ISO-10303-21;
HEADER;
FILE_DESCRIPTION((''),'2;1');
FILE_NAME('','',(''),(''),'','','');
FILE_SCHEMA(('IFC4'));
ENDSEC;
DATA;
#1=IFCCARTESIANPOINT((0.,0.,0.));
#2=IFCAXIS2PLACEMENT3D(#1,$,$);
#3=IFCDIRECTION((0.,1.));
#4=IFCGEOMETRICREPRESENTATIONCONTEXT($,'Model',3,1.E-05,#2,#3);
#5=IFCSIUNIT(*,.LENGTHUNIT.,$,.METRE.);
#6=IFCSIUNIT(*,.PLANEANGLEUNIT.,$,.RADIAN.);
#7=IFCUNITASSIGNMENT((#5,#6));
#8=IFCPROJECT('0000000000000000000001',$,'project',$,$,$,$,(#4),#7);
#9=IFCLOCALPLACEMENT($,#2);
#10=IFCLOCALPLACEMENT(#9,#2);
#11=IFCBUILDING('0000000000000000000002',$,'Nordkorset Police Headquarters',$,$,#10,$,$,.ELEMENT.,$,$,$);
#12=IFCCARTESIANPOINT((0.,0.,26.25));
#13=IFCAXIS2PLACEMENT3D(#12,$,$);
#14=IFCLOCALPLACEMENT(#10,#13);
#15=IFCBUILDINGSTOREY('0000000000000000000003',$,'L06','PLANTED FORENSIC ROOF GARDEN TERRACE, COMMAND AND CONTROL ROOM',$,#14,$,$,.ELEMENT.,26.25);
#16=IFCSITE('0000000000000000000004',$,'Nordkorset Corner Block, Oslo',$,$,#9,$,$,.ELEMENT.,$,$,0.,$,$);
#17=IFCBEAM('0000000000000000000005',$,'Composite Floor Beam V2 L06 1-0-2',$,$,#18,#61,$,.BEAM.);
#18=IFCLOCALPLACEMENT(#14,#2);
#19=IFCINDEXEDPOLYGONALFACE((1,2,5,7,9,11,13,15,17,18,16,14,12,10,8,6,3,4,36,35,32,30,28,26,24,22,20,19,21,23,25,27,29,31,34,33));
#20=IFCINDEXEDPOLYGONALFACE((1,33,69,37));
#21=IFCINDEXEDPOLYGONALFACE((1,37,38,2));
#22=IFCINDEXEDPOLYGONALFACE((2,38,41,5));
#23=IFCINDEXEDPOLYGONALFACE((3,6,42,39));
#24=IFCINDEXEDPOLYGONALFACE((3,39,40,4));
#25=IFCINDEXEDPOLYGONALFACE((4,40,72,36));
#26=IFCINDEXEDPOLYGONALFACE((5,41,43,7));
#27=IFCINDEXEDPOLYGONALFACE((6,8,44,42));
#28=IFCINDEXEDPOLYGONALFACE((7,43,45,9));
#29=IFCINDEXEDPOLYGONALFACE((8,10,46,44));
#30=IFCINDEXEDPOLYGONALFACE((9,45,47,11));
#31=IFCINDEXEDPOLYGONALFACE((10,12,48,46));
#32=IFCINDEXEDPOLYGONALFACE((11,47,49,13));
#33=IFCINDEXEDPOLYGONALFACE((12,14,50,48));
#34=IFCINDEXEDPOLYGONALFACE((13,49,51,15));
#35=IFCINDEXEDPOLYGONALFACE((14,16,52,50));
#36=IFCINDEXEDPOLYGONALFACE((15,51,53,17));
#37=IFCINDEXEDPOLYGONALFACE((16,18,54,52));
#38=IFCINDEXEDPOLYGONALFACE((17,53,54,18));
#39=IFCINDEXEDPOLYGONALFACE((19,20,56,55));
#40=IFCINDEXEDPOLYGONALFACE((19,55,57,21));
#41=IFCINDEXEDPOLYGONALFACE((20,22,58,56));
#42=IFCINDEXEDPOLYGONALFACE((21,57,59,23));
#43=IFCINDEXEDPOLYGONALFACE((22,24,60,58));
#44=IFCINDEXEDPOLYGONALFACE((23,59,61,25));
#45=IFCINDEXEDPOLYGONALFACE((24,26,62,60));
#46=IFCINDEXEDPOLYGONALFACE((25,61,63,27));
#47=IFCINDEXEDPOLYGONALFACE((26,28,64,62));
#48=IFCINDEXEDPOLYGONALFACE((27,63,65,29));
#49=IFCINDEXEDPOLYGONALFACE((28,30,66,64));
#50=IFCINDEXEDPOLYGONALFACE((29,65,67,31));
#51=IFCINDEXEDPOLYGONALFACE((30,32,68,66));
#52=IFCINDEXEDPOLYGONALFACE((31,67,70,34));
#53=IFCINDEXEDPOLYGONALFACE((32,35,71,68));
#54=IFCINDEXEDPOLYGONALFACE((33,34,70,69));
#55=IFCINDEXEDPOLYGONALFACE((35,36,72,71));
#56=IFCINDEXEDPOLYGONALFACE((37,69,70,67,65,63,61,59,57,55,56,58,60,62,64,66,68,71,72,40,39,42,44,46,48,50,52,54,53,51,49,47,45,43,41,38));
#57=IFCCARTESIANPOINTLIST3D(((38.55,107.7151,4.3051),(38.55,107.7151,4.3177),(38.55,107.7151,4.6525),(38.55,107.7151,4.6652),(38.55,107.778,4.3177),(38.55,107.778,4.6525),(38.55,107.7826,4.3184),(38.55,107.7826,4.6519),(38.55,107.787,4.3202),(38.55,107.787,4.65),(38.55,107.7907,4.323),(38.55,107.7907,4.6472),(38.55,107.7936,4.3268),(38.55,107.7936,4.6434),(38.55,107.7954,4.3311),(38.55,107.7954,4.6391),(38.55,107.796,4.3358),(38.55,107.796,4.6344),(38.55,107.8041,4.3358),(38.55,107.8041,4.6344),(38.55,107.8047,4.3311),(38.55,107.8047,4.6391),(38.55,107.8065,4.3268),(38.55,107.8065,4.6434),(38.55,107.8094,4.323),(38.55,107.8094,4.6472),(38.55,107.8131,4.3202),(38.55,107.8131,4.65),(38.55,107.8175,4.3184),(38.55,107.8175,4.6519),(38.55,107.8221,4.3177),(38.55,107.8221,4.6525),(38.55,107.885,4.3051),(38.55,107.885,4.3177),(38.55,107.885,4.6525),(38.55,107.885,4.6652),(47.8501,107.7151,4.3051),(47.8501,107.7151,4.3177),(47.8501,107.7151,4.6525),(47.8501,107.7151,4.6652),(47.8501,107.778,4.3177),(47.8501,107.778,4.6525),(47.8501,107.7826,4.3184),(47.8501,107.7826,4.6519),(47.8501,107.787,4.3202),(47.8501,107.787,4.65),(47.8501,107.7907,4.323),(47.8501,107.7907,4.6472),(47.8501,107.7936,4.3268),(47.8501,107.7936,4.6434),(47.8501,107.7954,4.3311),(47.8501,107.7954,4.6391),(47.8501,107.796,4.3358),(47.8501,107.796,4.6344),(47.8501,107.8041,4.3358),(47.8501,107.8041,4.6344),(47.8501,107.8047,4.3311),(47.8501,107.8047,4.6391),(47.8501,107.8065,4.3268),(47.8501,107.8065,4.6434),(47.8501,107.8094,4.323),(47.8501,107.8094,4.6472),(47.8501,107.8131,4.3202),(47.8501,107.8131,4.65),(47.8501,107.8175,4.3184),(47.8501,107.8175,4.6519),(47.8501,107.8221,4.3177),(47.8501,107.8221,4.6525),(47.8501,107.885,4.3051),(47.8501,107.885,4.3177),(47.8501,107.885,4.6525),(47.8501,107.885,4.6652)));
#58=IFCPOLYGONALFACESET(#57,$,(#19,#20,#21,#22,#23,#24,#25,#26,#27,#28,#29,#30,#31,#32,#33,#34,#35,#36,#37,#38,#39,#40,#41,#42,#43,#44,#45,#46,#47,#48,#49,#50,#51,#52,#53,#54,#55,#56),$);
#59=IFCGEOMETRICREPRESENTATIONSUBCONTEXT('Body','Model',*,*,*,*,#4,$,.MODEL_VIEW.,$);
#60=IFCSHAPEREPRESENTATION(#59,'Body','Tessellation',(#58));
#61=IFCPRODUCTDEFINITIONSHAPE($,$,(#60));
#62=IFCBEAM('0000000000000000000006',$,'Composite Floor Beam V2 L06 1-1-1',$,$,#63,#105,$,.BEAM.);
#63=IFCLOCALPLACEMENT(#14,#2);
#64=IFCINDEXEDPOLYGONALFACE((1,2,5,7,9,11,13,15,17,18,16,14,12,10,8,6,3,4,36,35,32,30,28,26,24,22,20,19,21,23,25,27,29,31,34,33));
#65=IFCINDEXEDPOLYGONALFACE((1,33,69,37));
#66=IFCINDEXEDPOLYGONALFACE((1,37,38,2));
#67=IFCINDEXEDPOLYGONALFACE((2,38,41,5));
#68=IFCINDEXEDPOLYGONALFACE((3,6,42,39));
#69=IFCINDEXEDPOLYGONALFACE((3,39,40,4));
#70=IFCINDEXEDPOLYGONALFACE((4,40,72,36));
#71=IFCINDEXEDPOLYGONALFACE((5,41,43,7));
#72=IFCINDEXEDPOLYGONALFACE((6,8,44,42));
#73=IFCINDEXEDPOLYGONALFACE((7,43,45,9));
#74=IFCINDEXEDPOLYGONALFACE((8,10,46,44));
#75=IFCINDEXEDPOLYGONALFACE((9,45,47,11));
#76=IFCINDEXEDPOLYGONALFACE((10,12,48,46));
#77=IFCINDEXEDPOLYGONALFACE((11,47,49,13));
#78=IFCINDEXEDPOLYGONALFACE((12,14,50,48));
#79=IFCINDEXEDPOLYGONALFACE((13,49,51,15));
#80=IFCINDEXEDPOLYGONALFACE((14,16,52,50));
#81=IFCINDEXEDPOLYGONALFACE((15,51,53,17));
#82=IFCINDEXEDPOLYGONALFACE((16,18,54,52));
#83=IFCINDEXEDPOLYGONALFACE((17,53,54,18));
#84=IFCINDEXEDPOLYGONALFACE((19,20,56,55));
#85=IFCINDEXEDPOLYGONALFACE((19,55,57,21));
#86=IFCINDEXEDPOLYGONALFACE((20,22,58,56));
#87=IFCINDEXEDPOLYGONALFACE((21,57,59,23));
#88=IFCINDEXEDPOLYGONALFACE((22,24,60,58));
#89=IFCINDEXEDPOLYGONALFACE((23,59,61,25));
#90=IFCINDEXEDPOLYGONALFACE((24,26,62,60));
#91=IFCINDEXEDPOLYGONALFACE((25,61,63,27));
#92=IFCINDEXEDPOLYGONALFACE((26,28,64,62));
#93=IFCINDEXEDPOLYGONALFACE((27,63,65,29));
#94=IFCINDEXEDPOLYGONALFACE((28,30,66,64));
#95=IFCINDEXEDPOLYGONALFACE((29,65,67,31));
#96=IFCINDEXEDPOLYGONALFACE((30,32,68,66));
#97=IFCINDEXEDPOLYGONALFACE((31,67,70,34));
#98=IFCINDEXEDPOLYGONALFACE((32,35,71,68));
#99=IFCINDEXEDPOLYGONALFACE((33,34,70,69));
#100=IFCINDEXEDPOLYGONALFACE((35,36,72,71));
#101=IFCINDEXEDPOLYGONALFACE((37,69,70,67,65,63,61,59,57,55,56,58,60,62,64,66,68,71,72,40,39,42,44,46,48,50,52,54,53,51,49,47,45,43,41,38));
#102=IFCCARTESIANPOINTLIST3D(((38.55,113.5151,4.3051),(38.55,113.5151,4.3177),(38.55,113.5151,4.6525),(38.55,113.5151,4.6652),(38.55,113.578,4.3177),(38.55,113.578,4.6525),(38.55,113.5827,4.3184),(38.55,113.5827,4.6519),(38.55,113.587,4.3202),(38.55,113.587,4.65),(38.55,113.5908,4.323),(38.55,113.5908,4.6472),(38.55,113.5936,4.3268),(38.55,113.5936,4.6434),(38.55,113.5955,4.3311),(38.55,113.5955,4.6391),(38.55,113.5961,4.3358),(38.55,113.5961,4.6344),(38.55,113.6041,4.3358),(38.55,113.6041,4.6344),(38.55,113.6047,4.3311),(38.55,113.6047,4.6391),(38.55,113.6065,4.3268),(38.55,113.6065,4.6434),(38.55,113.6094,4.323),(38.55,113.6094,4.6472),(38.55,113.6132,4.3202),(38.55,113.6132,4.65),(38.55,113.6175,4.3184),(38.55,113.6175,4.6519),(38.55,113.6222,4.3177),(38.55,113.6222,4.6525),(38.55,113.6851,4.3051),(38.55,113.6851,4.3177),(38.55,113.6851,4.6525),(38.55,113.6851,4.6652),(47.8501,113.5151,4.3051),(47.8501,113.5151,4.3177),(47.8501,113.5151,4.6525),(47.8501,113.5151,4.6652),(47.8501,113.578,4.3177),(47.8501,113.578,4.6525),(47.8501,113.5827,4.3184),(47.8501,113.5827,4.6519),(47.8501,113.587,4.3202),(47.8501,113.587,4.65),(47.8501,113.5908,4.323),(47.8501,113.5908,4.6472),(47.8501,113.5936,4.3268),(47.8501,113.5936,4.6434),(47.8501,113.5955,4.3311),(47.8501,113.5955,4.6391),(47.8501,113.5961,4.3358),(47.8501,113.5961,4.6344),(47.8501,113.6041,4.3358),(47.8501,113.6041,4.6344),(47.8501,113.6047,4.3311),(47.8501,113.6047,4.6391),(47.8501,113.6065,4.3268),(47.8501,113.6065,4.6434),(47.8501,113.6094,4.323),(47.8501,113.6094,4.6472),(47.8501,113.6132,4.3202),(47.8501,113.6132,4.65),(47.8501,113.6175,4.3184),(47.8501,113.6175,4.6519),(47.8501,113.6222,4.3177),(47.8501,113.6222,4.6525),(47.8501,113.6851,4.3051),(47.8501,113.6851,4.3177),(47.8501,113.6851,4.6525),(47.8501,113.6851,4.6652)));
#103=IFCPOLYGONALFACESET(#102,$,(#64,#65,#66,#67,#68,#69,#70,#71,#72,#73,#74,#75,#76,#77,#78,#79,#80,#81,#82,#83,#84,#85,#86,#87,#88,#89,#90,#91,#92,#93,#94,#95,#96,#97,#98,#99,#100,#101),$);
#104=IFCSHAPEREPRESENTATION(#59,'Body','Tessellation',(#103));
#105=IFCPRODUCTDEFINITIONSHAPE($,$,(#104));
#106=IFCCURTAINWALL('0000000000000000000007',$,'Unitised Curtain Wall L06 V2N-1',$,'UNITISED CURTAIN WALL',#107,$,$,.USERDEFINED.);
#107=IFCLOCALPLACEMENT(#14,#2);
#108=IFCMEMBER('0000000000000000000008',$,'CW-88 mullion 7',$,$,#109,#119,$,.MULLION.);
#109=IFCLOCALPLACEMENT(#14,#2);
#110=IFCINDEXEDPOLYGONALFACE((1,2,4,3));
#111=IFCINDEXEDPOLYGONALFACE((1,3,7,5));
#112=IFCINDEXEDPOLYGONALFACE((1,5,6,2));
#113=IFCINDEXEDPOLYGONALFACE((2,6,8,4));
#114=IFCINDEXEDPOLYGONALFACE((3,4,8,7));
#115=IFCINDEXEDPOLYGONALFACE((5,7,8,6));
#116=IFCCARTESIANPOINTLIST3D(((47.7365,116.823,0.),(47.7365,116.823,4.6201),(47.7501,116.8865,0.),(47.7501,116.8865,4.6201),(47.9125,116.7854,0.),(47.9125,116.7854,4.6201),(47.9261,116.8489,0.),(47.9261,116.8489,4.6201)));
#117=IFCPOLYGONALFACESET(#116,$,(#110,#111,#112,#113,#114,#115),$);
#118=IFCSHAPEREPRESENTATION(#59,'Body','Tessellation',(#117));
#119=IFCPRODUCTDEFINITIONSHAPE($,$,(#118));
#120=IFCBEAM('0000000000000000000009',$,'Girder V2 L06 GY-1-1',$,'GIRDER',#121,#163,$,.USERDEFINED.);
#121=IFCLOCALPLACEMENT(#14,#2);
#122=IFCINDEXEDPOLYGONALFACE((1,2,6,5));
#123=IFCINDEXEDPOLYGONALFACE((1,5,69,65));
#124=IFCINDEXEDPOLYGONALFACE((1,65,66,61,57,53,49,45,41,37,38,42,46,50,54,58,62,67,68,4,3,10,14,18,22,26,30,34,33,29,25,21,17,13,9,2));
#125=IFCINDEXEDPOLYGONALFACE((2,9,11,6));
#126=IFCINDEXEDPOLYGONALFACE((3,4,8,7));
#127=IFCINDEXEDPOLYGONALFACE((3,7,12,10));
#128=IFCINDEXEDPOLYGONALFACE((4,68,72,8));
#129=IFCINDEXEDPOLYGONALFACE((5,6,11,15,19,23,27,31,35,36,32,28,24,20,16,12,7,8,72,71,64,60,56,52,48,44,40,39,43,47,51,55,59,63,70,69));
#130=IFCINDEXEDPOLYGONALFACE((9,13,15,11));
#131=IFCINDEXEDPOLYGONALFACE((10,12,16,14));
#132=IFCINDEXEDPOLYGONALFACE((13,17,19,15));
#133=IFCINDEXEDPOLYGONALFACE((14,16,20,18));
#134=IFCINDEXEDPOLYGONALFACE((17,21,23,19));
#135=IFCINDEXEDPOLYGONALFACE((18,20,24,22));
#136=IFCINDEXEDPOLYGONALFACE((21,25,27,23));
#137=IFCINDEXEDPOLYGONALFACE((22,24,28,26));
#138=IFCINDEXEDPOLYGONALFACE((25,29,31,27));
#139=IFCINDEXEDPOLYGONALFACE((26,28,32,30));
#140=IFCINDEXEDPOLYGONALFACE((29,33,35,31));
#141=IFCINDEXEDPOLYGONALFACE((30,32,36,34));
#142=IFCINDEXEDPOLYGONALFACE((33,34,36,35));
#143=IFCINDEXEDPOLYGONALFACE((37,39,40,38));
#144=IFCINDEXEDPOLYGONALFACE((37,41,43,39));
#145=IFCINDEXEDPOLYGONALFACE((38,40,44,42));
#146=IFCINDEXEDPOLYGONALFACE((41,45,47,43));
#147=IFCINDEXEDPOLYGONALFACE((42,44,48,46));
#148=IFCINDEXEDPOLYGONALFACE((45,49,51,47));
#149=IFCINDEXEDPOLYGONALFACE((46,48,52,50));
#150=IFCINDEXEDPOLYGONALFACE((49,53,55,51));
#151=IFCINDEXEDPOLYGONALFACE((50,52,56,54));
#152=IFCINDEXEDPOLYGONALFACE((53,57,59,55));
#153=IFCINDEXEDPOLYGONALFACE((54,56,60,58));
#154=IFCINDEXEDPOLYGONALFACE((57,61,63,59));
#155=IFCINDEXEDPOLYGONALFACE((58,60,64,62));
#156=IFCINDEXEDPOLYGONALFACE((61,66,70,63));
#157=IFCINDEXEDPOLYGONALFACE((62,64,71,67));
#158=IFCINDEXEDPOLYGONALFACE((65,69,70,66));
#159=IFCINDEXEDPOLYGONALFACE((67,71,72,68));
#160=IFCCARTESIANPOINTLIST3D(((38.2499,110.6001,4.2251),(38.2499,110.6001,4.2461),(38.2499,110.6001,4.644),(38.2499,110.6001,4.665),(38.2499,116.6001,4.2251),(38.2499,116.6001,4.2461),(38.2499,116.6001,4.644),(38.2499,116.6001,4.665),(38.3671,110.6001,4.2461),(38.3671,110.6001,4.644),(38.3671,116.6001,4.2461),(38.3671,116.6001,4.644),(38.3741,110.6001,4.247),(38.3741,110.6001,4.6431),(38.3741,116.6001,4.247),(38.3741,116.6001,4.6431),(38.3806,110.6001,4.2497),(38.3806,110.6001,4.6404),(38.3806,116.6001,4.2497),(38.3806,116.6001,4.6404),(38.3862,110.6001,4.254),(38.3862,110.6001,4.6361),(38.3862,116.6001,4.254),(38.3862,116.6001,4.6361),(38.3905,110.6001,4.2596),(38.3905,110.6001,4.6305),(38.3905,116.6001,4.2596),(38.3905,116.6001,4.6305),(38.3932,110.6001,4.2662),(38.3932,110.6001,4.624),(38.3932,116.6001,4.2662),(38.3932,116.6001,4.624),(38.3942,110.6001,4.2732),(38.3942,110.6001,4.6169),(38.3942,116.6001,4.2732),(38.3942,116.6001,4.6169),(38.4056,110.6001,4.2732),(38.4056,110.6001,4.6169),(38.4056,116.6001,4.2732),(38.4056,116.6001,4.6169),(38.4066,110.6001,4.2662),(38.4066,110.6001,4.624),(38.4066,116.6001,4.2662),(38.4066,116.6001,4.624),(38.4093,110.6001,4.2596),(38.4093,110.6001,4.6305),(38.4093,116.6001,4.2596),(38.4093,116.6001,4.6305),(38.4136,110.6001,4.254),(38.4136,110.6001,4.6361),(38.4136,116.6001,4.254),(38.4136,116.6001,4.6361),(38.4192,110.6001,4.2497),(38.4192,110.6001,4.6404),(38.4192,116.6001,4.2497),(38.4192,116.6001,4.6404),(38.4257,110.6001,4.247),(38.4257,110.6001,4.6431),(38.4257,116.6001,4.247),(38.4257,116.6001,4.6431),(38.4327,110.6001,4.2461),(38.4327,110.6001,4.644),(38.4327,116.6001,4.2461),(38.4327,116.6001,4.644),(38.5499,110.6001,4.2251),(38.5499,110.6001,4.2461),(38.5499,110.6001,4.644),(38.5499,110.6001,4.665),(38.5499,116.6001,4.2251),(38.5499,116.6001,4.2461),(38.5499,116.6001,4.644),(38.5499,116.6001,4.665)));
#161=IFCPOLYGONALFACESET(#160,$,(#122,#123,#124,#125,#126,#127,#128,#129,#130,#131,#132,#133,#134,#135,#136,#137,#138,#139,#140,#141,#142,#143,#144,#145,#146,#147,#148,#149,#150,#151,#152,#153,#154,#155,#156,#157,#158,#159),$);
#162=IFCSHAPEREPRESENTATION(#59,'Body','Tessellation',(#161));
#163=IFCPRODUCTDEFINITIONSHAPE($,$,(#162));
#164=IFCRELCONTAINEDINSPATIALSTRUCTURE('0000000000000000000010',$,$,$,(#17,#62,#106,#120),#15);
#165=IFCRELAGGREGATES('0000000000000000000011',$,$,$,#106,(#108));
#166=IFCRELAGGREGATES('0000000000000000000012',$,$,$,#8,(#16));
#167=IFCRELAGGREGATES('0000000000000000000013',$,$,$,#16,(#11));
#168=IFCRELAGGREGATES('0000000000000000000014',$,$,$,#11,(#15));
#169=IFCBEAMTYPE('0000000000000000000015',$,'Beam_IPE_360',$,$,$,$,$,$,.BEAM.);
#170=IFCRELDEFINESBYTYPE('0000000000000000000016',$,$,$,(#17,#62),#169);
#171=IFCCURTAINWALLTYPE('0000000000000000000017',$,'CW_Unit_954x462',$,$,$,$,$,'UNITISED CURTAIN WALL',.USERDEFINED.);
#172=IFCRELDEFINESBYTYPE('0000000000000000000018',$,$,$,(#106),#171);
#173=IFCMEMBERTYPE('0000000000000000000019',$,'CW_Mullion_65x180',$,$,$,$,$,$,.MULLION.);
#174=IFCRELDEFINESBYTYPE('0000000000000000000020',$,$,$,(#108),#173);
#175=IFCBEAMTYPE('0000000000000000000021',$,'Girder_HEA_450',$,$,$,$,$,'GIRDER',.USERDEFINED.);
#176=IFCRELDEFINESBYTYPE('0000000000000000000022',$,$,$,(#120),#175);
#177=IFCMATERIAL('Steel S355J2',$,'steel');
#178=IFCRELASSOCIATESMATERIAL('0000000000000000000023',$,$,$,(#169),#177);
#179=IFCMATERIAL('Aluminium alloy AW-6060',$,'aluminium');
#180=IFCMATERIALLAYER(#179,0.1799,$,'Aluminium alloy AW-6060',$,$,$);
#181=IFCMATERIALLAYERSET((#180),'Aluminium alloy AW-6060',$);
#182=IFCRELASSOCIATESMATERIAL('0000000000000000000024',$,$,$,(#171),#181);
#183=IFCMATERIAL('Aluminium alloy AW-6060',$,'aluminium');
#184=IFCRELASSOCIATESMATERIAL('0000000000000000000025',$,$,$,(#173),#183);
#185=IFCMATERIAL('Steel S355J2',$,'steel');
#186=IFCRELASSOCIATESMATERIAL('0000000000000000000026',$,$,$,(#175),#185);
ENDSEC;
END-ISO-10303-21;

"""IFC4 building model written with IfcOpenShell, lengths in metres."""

from ifc_helpers import new_model, si_unit, direction, frame, origin, origin_2d, place, context, subcontext, project, spatial, rectangle, i_section, extrude, material, layer, layer_set, material_profile, profile_set, type_object, element, aggregate, save


model = new_model("IFC4")

# Units and contexts
model_context = context("Model", 3, precision=1e-05, world=origin(), true_north=direction((0.0, 1.0)))
body_context = subcontext(model_context, "Body", "Model", "MODEL_VIEW")
ifc_project = project(units=[si_unit("LENGTHUNIT", "METRE"), si_unit("PLANEANGLEUNIT", "RADIAN")], contexts=[model_context])

# Site, building, storey
site_placement = place(None, origin())
site = spatial("IfcSite", under=ifc_project, at=site_placement, Name="Nordkorset Corner Block, Oslo", CompositionType="ELEMENT", RefElevation=0.0)
building_placement = place(site_placement, origin())
building = spatial("IfcBuilding", under=site, at=building_placement, Name="Nordkorset Police Headquarters", CompositionType="ELEMENT")
storey_placement = place(building_placement, frame((0.0, 0.0, 26.25)))
storey = spatial("IfcBuildingStorey", under=building, at=storey_placement, Name="L06", Description="PLANTED FORENSIC ROOF GARDEN TERRACE, COMMAND AND CONTROL ROOM", CompositionType="ELEMENT", Elevation=26.25)

# Beams
ifc_material_1 = material(Name="Steel S355J2", Category="steel")
ifc_material_profile_1 = material_profile(ifc_material_1, i_section(OverallWidth=0.1699, OverallDepth=0.3601, WebThickness=0.0081, FlangeThickness=0.0127, FilletRadius=0.0181, at=origin_2d()), Name="IPE 360")
ifc_profile_set_1 = profile_set([ifc_material_profile_1], Name="Steel S355J2")
beam_type_1 = type_object("IfcBeamType", Name="Beam_IPE_360", PredefinedType="BEAM", material=ifc_profile_set_1)
for number, where, z_axis, x_axis, name in (
    (1, (38.55, 107.8, 4.4851), (1.0, 0.0, 0.0), (0.0, 1.0, 0.0), "Composite Floor Beam V2 L06 1-0-2"),
    (2, (38.55, 113.6001, 4.4851), (1.0, 0.0, 0.0), (0.0, 1.0, 0.0), "Composite Floor Beam V2 L06 1-1-1"),
):
    element("IfcBeam", number, at=place(storey_placement, frame(where, z_axis=z_axis, x_axis=x_axis)), inside=storey, type_object=beam_type_1, Name=name, PredefinedType="BEAM", context=body_context, shape_type="SweptSolid", body=[
        extrude(i_section(OverallWidth=0.1699, OverallDepth=0.3601, WebThickness=0.0081, FlangeThickness=0.0127, FilletRadius=0.0181, at=origin_2d()), origin(), (0.0, 0.0, 1.0), 9.3),
    ])

# Curtain wall, member
ifc_material_2 = material(Name="Aluminium alloy AW-6060", Category="aluminium")
ifc_layer_1 = layer(ifc_material_2, 0.1799, Name="Aluminium alloy AW-6060")
ifc_layer_set_1 = layer_set([ifc_layer_1], Name="Aluminium alloy AW-6060")
curtain_wall_type = type_object("IfcCurtainWallType", Name="CW_Unit_954x462", ElementType="UNITISED CURTAIN WALL", PredefinedType="USERDEFINED", material=ifc_layer_set_1)
curtain_wall_placement = place(storey_placement, origin())
curtain_wall = element("IfcCurtainWall", 3, at=curtain_wall_placement, inside=storey, type_object=curtain_wall_type, Name="Unitised Curtain Wall L06 V2N-1", ObjectType="UNITISED CURTAIN WALL", PredefinedType="USERDEFINED")
ifc_material_3 = material(Name="Aluminium alloy AW-6060", Category="aluminium")
ifc_material_profile_2 = material_profile(ifc_material_3, rectangle(XDim=0.0649, YDim=0.1799, at=origin_2d()), Name="ALU MULL 65x180")
ifc_profile_set_2 = profile_set([ifc_material_profile_2], Name="Aluminium alloy AW-6060")
member_type = type_object("IfcMemberType", Name="CW_Mullion_65x180", PredefinedType="MULLION", material=ifc_profile_set_2)
member_placement = place(storey_placement, frame((47.8313, 116.8359, 0.0), z_axis=(0.0, 0.0, 1.0), x_axis=(0.208833, 0.977951, 0.0)))
member = element("IfcMember", 4, at=member_placement, type_object=member_type, Name="CW-88 mullion 7", PredefinedType="MULLION", context=body_context, shape_type="SweptSolid", body=[
    extrude(rectangle(XDim=0.0649, YDim=0.1799, at=origin_2d()), origin(), (0.0, 0.0, 1.0), 4.6201),
])

# Beam
ifc_material_4 = material(Name="Steel S355J2", Category="steel")
ifc_material_profile_3 = material_profile(ifc_material_4, i_section(OverallWidth=0.3, OverallDepth=0.4399, WebThickness=0.0115, FlangeThickness=0.021, FilletRadius=0.0271, at=origin_2d()), Name="HEA 450")
ifc_profile_set_3 = profile_set([ifc_material_profile_3], Name="Steel S355J2")
beam_type_2 = type_object("IfcBeamType", Name="Girder_HEA_450", ElementType="GIRDER", PredefinedType="USERDEFINED", material=ifc_profile_set_3)
beam_1_placement = place(storey_placement, frame((38.3999, 110.6001, 4.4451), z_axis=(0.0, 1.0, 0.0), x_axis=(-1.0, 0.0, 0.0)))
element("IfcBeam", 5, at=beam_1_placement, inside=storey, type_object=beam_type_2, Name="Girder V2 L06 GY-1-1", ObjectType="GIRDER", PredefinedType="USERDEFINED", context=body_context, shape_type="SweptSolid", body=[
    extrude(i_section(OverallWidth=0.3, OverallDepth=0.4399, WebThickness=0.0115, FlangeThickness=0.021, FilletRadius=0.0271, at=origin_2d()), origin(), (0.0, 0.0, 1.0), 6.0),
])

aggregate(curtain_wall, [member])

save(model, "model.ifc")
